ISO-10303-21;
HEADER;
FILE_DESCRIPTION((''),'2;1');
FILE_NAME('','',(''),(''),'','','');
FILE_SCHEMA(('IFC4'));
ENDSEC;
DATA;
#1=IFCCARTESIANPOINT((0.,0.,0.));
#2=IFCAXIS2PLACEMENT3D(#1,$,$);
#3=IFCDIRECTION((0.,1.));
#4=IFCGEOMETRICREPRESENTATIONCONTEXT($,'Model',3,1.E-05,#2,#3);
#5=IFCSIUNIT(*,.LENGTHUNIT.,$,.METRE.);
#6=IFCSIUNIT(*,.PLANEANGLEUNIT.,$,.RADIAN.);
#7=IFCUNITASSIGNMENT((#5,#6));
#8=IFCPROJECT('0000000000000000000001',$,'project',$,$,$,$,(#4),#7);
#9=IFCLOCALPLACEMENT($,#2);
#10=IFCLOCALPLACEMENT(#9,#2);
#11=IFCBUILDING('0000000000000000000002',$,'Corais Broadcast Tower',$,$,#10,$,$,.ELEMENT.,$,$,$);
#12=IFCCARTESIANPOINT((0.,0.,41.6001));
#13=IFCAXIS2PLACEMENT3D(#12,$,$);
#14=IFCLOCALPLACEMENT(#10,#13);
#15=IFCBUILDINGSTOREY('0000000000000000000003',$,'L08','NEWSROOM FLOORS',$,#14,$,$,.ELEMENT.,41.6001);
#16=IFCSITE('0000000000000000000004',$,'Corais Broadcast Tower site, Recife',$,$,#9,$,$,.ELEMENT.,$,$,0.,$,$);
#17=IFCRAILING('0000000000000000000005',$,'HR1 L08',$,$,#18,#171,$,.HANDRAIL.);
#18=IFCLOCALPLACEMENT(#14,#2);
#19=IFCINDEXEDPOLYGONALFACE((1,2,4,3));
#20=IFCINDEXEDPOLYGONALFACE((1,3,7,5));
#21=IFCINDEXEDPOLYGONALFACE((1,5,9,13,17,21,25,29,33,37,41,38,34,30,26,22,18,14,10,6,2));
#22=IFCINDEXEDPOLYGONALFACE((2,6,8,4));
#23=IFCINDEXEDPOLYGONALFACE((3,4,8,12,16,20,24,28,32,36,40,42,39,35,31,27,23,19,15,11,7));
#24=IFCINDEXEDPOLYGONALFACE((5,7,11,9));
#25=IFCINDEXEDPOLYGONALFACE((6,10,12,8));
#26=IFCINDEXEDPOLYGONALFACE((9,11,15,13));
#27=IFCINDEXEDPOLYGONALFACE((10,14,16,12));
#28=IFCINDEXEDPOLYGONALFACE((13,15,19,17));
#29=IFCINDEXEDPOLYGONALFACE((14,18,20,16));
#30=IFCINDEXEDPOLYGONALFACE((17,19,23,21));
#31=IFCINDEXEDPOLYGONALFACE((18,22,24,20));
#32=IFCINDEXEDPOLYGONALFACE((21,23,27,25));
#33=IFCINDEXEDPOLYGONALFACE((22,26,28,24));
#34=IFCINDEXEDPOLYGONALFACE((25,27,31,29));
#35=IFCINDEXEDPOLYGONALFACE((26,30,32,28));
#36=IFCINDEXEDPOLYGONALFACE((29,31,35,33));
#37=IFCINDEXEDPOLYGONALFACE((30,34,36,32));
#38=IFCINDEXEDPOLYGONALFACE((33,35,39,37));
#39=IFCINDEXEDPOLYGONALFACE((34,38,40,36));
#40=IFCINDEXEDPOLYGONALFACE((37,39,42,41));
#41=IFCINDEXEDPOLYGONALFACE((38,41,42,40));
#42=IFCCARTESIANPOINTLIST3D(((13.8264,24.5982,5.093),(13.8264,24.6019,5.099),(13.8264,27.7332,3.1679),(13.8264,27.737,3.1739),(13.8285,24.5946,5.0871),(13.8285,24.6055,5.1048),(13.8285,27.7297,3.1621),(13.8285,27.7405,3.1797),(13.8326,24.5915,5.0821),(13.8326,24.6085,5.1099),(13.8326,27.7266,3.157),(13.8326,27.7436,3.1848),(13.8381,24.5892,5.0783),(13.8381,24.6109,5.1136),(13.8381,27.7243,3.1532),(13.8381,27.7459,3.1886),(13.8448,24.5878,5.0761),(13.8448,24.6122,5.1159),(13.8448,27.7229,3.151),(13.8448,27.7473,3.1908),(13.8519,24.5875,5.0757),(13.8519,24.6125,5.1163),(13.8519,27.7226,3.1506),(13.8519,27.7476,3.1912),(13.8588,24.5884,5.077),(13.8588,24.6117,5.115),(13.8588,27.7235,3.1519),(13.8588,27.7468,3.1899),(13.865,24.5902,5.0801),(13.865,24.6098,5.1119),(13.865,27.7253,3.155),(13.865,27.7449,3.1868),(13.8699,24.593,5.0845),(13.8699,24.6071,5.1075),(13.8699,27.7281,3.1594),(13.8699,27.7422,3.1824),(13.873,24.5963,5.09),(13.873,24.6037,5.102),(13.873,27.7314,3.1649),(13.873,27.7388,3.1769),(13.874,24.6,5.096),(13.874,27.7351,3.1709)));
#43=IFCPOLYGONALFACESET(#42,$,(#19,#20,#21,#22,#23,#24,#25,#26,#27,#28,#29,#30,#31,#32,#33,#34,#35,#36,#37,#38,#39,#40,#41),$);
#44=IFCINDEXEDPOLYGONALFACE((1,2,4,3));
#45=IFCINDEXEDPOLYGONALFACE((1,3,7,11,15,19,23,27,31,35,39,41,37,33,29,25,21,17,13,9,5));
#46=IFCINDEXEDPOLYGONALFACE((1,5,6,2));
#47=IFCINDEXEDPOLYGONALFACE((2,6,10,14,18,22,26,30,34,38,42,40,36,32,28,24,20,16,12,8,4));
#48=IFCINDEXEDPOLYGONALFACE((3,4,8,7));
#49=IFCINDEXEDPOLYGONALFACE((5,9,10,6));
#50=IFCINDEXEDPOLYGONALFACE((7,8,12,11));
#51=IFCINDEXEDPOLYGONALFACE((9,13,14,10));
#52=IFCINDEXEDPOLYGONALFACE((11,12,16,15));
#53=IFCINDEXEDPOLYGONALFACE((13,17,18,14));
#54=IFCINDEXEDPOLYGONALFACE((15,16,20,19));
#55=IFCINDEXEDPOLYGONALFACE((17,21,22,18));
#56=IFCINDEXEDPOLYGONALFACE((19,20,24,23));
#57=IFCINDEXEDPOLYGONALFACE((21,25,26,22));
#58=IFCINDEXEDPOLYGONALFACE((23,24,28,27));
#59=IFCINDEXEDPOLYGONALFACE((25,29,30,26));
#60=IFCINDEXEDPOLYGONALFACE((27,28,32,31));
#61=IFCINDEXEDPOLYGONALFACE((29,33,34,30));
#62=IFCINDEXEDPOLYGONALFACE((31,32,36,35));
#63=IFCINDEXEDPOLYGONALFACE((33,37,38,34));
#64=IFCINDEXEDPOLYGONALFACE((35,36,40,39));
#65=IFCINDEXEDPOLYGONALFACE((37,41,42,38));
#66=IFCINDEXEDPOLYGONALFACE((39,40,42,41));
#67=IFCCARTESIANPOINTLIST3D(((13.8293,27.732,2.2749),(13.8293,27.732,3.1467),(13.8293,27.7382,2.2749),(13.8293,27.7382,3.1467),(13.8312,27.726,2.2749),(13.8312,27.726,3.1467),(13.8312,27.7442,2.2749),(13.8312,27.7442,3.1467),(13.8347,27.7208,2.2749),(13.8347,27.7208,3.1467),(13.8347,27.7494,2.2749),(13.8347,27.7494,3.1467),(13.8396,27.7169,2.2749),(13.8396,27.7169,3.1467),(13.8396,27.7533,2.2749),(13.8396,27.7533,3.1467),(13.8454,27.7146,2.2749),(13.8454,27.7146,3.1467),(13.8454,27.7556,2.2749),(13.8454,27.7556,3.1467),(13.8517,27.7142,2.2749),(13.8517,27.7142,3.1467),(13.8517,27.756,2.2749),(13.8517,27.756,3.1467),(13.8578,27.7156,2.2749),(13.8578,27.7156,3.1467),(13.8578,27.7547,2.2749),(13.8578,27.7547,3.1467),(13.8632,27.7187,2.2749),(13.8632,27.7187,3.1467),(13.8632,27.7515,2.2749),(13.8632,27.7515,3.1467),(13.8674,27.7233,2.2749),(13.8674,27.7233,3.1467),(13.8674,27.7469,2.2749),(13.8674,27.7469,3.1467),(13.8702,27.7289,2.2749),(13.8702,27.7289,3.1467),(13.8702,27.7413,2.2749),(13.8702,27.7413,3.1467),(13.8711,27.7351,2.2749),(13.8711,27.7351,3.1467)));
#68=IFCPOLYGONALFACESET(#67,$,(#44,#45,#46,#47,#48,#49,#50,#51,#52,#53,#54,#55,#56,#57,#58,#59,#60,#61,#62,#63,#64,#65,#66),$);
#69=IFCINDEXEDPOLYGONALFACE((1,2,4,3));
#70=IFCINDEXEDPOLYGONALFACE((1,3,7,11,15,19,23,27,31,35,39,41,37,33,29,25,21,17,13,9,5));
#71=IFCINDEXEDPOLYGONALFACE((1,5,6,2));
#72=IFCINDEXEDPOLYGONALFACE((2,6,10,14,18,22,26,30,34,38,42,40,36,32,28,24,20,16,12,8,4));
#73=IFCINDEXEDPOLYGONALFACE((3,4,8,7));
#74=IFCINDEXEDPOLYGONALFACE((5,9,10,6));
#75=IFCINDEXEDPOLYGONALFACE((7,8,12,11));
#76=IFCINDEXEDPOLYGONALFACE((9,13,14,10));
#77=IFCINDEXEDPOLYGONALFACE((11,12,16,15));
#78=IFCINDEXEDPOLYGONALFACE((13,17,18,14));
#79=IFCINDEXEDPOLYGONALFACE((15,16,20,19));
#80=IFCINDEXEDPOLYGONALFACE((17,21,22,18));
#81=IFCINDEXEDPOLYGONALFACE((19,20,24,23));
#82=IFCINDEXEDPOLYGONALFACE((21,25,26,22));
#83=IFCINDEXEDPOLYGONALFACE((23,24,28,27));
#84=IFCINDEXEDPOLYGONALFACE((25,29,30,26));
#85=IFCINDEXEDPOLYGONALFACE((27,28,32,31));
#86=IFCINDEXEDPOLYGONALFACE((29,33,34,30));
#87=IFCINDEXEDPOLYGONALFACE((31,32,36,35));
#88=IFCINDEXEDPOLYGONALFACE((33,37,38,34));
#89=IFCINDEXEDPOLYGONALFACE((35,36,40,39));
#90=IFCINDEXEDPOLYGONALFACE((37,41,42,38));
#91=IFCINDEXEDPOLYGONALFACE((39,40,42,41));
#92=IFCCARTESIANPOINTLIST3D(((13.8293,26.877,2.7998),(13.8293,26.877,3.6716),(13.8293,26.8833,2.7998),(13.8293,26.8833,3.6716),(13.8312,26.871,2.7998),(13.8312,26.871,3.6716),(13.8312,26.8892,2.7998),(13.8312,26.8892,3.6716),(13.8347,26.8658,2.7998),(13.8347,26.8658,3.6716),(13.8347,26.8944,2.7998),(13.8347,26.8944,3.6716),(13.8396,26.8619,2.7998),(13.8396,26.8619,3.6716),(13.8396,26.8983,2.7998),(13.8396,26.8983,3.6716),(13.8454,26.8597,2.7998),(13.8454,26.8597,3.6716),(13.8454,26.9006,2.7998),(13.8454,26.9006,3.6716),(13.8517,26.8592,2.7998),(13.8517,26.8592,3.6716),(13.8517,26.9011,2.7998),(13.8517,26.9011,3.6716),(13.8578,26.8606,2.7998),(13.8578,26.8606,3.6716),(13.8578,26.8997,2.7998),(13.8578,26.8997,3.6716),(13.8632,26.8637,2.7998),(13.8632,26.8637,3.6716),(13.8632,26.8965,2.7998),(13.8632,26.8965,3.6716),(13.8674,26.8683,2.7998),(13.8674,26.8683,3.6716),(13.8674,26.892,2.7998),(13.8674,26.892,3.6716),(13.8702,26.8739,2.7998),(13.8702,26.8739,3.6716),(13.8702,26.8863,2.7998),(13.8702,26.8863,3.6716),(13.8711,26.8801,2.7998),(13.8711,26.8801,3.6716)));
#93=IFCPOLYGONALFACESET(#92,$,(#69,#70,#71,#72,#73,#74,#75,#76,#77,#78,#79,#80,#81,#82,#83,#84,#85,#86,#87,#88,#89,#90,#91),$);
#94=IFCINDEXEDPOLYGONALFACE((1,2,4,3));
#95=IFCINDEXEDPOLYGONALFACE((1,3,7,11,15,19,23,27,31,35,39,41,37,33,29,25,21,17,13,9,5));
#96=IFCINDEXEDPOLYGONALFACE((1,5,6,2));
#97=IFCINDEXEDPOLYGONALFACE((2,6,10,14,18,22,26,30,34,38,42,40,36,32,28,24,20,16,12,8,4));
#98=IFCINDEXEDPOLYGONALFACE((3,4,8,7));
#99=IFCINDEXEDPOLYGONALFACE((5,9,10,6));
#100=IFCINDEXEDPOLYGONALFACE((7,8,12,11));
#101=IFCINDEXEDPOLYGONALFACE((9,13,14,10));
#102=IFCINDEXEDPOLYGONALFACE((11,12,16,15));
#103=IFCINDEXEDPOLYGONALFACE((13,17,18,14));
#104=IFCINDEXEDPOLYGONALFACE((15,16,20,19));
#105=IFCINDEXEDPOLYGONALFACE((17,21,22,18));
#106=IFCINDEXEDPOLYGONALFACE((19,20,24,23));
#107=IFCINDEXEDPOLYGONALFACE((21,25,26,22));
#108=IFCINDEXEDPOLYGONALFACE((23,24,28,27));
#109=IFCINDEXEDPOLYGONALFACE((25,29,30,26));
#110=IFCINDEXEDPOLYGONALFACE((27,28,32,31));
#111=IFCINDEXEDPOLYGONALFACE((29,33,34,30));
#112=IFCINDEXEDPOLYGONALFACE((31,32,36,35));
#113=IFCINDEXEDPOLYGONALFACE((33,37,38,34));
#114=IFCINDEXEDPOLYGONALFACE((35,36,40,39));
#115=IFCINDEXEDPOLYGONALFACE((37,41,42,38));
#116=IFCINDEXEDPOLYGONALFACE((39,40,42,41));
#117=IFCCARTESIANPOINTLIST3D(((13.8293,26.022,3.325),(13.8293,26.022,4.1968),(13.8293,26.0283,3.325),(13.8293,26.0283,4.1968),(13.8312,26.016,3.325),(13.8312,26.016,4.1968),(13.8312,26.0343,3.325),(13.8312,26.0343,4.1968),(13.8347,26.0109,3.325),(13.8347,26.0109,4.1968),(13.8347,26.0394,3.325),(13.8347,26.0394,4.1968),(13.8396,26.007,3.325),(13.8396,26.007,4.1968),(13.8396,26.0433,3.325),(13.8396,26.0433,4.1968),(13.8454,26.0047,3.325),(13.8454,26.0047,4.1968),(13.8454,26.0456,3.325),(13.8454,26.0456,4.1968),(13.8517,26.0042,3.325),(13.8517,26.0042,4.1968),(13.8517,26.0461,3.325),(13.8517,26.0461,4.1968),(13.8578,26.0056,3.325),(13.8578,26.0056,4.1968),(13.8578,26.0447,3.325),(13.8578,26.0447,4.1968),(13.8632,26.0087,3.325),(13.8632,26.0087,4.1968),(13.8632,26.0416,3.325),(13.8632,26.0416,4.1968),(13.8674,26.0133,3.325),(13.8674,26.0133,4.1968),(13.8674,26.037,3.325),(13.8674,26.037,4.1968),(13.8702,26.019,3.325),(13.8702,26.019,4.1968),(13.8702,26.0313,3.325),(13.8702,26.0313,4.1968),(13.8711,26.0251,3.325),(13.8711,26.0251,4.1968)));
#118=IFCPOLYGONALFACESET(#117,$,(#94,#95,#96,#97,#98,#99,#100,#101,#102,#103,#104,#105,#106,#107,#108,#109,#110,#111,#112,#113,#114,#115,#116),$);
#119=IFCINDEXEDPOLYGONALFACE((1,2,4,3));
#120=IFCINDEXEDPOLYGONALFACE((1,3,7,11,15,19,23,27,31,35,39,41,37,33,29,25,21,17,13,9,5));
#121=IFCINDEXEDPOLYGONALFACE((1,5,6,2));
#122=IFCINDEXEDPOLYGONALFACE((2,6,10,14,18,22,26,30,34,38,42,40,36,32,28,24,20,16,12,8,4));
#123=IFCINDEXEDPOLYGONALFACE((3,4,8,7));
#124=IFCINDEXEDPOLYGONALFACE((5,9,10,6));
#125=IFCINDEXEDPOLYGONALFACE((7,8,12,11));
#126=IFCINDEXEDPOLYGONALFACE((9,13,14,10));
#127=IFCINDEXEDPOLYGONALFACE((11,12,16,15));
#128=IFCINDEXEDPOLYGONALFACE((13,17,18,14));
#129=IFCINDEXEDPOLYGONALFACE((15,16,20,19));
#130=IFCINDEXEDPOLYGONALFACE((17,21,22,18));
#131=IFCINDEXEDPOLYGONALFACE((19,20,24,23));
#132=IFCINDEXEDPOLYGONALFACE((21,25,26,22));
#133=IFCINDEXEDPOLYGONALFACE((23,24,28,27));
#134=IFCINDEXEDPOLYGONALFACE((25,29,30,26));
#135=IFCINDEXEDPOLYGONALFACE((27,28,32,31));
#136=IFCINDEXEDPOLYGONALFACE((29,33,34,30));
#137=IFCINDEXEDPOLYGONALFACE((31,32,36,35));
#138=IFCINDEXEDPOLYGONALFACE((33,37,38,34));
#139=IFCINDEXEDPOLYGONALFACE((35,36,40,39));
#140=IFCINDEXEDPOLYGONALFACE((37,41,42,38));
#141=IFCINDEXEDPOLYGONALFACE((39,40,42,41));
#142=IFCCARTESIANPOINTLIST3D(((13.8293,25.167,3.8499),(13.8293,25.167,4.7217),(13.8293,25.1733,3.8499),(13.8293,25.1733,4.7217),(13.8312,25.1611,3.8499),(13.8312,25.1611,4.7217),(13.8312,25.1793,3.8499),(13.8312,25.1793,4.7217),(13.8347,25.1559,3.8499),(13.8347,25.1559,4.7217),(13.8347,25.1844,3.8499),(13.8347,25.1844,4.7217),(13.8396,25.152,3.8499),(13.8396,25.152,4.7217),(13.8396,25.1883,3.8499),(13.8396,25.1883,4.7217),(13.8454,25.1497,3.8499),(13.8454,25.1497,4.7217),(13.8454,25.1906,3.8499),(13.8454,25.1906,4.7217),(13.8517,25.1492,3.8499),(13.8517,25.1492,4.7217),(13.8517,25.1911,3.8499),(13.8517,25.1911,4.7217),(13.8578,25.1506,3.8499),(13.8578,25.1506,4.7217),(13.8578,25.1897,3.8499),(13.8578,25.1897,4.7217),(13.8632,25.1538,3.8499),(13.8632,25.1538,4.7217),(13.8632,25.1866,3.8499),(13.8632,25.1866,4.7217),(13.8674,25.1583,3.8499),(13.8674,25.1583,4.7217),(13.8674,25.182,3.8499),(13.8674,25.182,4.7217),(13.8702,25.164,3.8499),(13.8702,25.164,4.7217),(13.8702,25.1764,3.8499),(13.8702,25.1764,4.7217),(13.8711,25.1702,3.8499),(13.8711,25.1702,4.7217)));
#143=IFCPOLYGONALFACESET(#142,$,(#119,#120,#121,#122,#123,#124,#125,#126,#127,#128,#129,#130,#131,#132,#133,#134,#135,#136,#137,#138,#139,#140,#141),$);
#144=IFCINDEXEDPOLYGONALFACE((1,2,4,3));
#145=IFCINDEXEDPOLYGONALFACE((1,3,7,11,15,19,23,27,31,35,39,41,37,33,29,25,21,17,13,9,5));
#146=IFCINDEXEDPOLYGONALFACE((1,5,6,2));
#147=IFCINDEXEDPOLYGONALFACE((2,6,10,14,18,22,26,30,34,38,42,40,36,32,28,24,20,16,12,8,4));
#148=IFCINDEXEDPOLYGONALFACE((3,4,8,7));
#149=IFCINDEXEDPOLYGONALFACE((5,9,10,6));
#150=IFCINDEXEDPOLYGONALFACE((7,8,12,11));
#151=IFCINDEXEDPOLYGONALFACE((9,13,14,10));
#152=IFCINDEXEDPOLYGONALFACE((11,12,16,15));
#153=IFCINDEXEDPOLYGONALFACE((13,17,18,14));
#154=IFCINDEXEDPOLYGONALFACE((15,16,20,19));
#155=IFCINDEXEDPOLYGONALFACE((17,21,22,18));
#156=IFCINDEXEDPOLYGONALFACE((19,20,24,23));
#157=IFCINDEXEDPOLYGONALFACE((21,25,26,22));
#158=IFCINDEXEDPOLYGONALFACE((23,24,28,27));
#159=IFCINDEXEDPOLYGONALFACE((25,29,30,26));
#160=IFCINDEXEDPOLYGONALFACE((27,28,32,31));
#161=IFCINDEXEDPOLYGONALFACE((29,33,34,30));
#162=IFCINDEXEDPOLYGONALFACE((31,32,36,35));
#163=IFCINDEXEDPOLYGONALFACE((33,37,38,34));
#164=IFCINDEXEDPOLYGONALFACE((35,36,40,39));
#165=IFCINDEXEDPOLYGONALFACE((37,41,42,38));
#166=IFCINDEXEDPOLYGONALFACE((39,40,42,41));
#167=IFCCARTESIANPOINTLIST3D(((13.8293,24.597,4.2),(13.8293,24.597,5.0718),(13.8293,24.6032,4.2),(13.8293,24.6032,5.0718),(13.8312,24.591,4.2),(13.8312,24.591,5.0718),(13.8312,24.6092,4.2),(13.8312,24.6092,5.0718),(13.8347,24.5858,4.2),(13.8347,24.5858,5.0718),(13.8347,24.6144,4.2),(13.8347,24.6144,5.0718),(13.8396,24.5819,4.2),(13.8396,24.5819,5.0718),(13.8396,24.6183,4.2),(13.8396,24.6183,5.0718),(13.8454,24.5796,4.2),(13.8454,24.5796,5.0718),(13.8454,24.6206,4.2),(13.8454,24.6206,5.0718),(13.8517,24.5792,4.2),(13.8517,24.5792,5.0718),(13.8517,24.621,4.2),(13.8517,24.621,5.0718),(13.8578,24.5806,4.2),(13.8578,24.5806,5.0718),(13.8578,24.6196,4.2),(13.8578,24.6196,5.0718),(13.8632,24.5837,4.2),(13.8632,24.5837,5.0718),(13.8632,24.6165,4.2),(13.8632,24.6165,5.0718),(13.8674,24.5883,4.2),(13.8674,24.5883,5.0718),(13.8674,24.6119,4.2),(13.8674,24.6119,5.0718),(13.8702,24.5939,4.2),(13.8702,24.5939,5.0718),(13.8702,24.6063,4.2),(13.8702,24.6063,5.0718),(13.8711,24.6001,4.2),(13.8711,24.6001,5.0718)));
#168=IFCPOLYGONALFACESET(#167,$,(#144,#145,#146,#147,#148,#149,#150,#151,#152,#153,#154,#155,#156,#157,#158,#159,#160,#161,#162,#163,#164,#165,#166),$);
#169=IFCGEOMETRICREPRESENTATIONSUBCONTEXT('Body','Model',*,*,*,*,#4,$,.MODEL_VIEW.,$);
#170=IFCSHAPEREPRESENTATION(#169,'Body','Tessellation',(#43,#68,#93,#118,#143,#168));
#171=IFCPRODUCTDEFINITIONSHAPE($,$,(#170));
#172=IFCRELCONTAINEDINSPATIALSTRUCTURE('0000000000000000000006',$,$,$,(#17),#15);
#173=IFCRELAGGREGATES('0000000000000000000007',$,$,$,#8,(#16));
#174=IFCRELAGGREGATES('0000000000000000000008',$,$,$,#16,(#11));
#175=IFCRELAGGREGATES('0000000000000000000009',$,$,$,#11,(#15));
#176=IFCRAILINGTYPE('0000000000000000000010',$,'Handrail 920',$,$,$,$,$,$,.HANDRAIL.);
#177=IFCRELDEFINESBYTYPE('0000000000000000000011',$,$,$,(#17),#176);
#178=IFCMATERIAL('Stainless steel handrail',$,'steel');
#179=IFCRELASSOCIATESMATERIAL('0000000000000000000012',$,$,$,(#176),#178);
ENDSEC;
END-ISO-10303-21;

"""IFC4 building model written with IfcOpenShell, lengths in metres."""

from ifc_helpers import new_model, si_unit, direction, frame, origin, origin_2d, place, context, subcontext, project, spatial, circle, extrude, material, type_object, element, save


model = new_model("IFC4")

# Units and contexts
model_context = context("Model", 3, precision=1e-05, world=origin(), true_north=direction((0.0, 1.0)))
body_context = subcontext(model_context, "Body", "Model", "MODEL_VIEW")
ifc_project = project(units=[si_unit("LENGTHUNIT", "METRE"), si_unit("PLANEANGLEUNIT", "RADIAN")], contexts=[model_context])

# Site, building, storey
site_placement = place(None, origin())
site = spatial("IfcSite", under=ifc_project, at=site_placement, Name="Corais Broadcast Tower site, Recife", CompositionType="ELEMENT", RefElevation=0.0)
building_placement = place(site_placement, origin())
building = spatial("IfcBuilding", under=site, at=building_placement, Name="Corais Broadcast Tower", CompositionType="ELEMENT")
storey_placement = place(building_placement, frame((0.0, 0.0, 41.6001)))
storey = spatial("IfcBuildingStorey", under=building, at=storey_placement, Name="L08", Description="NEWSROOM FLOORS", CompositionType="ELEMENT", Elevation=41.6001)

# Railing
ifc_material_1 = material(Name="Stainless steel handrail", Category="steel")
railing_type = type_object("IfcRailingType", Name="Handrail 920", PredefinedType="HANDRAIL", material=ifc_material_1)
railing_placement = place(storey_placement, frame((13.8501, 27.7351, 2.2749)))
element("IfcRailing", 1, at=railing_placement, inside=storey, type_object=railing_type, Name="HR1 L08", PredefinedType="HANDRAIL", context=body_context, shape_type="SweptSolid", body=[
    extrude(circle(Radius=0.0239, at=origin_2d()), frame((0.0, 0.0, 0.896), z_axis=(0.0, -0.852166, 0.523271), x_axis=(1.0, 0.0, 0.0)), (0.0, 0.0, 1.0), 3.679),
    extrude(circle(Radius=0.021, at=origin_2d()), origin(), (0.0, 0.0, 1.0), 0.8718),
    extrude(circle(Radius=0.021, at=origin_2d()), frame((0.0, -0.855, 0.5249)), (0.0, 0.0, 1.0), 0.8718),
    extrude(circle(Radius=0.021, at=origin_2d()), frame((0.0, -1.71, 1.05)), (0.0, 0.0, 1.0), 0.8718),
    extrude(circle(Radius=0.021, at=origin_2d()), frame((0.0, -2.5649, 1.575)), (0.0, 0.0, 1.0), 0.8718),
    extrude(circle(Radius=0.021, at=origin_2d()), frame((0.0, -3.135, 1.925)), (0.0, 0.0, 1.0), 0.8718),
])

save(model, "model.ifc")
